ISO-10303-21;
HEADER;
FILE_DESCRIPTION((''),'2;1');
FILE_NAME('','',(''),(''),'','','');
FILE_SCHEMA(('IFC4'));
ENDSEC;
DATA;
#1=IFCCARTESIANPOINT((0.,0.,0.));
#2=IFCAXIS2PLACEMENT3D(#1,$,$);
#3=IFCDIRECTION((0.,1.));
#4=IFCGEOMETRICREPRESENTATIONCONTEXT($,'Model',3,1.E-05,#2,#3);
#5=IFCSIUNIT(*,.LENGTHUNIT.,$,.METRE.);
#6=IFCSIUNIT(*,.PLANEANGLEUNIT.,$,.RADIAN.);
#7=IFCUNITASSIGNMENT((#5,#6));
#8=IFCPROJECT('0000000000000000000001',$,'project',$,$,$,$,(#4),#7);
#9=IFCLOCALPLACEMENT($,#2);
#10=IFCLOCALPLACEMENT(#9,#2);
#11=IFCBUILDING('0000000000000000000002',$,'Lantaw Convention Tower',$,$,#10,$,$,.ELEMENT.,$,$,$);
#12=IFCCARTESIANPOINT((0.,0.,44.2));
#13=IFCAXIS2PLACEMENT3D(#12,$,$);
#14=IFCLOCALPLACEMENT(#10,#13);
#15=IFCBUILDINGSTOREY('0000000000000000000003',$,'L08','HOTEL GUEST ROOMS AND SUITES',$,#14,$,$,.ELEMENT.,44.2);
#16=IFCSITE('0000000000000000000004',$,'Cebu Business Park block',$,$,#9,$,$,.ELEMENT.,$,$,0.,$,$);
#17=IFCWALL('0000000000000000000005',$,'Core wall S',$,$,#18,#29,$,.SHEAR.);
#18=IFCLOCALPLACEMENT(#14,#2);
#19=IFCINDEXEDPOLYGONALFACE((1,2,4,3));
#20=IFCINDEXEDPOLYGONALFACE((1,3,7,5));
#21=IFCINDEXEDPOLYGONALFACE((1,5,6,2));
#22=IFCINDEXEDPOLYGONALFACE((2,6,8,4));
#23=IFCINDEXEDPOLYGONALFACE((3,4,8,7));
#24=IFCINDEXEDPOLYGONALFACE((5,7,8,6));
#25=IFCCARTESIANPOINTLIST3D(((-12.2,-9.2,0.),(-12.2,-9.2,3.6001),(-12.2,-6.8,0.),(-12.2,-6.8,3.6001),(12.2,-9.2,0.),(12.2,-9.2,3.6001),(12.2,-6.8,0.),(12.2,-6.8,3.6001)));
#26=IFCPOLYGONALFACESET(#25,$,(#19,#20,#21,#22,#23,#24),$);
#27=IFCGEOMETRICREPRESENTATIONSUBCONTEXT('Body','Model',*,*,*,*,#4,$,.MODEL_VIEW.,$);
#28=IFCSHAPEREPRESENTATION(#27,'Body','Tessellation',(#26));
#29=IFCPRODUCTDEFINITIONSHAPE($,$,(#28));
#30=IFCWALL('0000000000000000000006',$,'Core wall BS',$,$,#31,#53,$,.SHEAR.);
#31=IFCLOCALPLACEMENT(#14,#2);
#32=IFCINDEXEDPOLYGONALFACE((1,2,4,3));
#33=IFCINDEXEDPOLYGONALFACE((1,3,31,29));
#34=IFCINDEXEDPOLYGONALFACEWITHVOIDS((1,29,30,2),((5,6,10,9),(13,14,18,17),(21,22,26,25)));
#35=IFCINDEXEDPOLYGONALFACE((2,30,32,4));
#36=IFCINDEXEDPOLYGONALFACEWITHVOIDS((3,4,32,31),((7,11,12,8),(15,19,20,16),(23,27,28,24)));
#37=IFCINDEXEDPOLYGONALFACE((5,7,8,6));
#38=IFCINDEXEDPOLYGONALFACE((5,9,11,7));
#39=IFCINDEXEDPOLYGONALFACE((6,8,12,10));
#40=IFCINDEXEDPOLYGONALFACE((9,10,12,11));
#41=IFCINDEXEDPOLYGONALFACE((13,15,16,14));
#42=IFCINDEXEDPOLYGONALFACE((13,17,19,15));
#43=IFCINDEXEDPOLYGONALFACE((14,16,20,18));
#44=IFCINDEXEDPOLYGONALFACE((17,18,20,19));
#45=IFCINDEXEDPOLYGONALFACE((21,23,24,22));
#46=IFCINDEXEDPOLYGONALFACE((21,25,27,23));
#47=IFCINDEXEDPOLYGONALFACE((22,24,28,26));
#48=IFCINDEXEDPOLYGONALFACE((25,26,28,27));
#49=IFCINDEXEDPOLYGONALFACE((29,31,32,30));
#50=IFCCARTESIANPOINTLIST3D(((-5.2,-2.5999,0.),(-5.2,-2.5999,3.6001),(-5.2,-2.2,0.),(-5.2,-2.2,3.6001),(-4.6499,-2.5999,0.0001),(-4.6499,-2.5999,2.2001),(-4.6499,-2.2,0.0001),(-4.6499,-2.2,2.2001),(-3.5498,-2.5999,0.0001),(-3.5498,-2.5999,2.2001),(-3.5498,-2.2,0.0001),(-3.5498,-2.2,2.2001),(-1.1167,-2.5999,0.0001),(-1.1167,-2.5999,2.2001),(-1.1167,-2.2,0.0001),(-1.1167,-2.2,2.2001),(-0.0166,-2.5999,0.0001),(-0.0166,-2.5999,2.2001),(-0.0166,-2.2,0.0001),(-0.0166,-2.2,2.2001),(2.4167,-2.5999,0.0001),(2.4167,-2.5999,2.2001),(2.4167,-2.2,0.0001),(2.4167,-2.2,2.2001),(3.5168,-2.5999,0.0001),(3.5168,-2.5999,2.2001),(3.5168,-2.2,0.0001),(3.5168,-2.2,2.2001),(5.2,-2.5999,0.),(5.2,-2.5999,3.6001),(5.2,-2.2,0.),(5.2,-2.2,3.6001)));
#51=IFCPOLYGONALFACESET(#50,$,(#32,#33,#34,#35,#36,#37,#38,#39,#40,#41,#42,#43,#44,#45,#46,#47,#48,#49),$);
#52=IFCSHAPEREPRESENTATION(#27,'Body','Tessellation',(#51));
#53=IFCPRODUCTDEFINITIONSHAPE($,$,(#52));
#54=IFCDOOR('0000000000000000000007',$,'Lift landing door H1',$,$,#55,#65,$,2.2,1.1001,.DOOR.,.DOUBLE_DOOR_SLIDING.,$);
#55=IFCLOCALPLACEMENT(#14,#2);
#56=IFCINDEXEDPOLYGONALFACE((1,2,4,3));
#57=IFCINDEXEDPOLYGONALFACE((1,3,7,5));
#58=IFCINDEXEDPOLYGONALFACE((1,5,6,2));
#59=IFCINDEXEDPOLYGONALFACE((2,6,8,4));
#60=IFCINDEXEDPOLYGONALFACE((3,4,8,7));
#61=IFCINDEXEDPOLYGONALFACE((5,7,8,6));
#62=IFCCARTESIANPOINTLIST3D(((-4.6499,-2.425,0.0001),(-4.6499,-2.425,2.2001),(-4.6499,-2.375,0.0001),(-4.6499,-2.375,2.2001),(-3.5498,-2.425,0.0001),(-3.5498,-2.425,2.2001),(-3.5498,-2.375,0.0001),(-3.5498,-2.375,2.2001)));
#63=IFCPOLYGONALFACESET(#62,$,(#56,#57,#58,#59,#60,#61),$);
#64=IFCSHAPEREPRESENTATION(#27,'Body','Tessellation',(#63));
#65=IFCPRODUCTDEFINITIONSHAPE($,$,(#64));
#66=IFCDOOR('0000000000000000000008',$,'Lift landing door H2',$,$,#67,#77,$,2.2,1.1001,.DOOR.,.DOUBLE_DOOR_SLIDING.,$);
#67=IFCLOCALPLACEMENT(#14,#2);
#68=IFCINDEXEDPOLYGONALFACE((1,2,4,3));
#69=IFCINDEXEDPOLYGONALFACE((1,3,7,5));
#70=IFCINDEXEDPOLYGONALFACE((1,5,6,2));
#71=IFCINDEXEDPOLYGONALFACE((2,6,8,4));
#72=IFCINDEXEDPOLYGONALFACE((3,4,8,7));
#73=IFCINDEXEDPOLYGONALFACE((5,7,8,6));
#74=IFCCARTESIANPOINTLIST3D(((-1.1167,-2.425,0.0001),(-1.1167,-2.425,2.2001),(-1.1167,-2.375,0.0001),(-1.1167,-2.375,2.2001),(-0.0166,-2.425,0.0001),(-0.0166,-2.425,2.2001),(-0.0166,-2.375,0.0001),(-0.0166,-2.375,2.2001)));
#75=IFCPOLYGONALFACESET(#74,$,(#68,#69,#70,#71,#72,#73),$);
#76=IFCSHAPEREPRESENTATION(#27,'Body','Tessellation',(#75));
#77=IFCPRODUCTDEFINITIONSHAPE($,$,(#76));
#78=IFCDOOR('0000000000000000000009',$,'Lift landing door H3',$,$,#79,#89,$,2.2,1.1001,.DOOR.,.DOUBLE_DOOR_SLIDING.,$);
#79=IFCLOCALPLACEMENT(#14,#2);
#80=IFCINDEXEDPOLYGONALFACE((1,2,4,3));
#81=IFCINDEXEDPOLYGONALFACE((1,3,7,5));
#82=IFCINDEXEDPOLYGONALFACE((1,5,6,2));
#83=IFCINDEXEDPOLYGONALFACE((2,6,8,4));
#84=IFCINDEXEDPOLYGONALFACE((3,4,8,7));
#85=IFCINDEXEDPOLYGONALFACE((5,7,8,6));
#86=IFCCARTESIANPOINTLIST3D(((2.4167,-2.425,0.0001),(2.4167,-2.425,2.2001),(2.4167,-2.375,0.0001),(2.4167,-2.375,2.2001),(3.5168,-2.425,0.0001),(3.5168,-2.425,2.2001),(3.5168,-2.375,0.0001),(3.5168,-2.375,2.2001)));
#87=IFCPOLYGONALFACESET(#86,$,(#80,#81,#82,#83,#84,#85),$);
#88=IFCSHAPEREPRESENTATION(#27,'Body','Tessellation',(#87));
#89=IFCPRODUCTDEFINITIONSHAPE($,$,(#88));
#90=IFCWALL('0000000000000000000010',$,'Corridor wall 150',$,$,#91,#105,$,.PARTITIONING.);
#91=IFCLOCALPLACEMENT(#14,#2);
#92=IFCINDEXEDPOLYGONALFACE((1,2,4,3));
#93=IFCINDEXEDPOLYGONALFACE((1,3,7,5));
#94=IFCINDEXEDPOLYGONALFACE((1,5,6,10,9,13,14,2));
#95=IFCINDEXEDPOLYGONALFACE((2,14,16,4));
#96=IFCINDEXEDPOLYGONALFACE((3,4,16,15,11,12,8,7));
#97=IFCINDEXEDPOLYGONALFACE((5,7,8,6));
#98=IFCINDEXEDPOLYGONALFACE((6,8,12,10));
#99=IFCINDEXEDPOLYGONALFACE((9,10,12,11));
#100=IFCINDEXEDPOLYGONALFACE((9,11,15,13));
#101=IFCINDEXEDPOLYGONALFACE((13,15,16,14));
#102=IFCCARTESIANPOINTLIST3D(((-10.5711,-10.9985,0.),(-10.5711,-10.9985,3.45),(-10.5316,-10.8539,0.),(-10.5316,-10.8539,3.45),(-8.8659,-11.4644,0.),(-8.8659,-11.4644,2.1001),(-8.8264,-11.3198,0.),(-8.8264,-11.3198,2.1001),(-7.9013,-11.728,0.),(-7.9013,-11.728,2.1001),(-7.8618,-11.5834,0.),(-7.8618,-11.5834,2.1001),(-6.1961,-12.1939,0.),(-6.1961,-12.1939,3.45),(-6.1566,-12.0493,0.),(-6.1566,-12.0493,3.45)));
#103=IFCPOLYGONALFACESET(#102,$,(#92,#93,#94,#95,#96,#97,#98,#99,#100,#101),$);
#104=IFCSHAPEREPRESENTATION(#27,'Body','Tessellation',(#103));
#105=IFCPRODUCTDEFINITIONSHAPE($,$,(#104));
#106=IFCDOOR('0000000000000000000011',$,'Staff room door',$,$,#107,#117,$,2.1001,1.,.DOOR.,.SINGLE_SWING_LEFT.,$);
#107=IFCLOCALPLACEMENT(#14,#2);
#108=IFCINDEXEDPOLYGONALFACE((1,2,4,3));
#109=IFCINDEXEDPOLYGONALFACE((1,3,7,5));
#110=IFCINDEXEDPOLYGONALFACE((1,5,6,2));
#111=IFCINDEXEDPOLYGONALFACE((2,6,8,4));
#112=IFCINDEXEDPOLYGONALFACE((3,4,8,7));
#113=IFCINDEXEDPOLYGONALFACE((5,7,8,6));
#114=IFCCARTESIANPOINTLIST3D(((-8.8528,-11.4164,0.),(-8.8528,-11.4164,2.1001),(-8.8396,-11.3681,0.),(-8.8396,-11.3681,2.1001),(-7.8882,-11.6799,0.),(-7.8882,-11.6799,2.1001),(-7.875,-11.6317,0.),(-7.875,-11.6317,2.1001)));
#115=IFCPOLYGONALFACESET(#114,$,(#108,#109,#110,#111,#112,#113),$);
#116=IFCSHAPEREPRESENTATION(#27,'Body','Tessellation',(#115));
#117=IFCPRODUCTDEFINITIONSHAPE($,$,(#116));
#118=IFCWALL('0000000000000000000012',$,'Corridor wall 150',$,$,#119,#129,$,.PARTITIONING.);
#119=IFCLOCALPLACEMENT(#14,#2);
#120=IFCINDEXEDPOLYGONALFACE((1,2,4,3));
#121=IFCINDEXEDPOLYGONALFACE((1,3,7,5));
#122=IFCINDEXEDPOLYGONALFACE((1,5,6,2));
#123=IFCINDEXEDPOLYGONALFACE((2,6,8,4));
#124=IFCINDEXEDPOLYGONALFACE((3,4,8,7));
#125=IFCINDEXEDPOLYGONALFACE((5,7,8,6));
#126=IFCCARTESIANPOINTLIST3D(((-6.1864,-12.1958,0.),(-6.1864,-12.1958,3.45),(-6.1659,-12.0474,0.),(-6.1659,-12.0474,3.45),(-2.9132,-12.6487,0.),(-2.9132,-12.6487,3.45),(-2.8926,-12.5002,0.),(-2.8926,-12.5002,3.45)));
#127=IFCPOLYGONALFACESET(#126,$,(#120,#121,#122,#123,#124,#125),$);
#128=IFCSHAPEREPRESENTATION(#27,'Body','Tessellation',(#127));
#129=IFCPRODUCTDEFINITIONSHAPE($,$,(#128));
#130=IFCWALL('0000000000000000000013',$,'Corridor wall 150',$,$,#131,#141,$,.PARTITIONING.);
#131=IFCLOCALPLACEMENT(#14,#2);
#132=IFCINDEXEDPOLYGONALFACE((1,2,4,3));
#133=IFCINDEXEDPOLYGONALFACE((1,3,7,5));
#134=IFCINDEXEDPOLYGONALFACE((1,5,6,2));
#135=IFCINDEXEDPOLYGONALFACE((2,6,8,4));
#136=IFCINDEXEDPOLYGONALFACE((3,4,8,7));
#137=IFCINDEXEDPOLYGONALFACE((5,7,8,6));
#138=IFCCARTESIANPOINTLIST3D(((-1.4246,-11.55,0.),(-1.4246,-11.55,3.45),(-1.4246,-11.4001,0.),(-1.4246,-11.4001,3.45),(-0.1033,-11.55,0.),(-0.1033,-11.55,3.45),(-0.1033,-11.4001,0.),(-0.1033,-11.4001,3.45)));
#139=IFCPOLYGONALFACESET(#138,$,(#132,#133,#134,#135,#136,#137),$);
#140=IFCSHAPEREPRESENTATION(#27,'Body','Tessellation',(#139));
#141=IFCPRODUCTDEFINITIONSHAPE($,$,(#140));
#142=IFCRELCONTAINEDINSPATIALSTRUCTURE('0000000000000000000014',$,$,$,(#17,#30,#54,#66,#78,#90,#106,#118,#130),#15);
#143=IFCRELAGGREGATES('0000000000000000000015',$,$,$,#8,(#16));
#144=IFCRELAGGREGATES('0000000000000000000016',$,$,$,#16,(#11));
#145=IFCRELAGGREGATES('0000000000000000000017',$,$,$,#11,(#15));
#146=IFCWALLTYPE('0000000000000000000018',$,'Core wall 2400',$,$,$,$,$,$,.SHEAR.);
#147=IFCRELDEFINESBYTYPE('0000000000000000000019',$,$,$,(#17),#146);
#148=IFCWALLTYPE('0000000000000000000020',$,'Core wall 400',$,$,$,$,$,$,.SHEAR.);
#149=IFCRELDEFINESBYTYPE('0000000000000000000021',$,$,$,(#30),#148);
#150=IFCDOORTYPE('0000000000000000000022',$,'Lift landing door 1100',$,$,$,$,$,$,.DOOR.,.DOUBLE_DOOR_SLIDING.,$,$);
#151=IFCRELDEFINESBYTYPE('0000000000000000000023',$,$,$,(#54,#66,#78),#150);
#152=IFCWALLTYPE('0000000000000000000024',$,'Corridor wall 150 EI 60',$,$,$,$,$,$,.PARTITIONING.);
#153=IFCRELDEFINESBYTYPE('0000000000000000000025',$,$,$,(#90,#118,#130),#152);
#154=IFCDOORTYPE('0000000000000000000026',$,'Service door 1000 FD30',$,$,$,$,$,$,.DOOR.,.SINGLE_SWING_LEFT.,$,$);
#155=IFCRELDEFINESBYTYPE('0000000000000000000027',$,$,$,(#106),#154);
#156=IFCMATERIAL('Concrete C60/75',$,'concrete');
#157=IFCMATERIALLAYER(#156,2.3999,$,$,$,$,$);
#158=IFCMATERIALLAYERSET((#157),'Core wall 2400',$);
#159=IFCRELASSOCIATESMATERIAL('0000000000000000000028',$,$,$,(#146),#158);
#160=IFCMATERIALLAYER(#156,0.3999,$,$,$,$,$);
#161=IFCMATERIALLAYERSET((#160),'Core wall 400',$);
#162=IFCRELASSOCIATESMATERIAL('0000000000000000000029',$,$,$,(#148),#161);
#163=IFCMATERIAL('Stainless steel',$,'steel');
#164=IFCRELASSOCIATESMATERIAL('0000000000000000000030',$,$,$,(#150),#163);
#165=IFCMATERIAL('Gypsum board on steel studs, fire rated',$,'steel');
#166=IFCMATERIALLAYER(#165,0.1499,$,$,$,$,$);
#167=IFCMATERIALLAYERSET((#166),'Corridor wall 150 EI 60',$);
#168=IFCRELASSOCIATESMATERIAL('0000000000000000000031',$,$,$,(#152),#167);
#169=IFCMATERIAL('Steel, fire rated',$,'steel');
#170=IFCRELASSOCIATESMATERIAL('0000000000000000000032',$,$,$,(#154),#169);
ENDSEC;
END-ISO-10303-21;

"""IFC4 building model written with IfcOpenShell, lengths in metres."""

from ifc_helpers import new_model, si_unit, direction, frame, frame_2d, origin, place, context, subcontext, project, spatial, rectangle, extrude, material, layer, layer_set, type_object, element, fill, save


model = new_model("IFC4")

# Units and contexts
model_context = context("Model", 3, precision=1e-05, world=origin(), true_north=direction((0.0, 1.0)))
body_context = subcontext(model_context, "Body", "Model", "MODEL_VIEW")
ifc_project = project(units=[si_unit("LENGTHUNIT", "METRE"), si_unit("PLANEANGLEUNIT", "RADIAN")], contexts=[model_context])

# Site, building, storey
site_placement = place(None, origin())
site = spatial("IfcSite", under=ifc_project, at=site_placement, Name="Cebu Business Park block", CompositionType="ELEMENT", RefElevation=0.0)
building_placement = place(site_placement, origin())
building = spatial("IfcBuilding", under=site, at=building_placement, Name="Lantaw Convention Tower", CompositionType="ELEMENT")
storey_placement = place(building_placement, frame((0.0, 0.0, 44.2)))
storey = spatial("IfcBuildingStorey", under=building, at=storey_placement, Name="L08", Description="HOTEL GUEST ROOMS AND SUITES", CompositionType="ELEMENT", Elevation=44.2)

# Shared definitions
ifc_material_1 = material(Name="Concrete C60/75", Category="concrete")
ifc_material_2 = material(Name="Steel, fire rated", Category="steel")

# Wall
ifc_layer_1 = layer(ifc_material_1, 2.3999)
ifc_layer_set_1 = layer_set([ifc_layer_1], Name="Core wall 2400")
wall_type_1 = type_object("IfcWallType", Name="Core wall 2400", PredefinedType="SHEAR", material=ifc_layer_set_1)
wall_1_placement = place(storey_placement, frame((-12.2, -8.0, 0.0), z_axis=(0.0, 0.0, 1.0), x_axis=(1.0, 0.0, 0.0)))
element("IfcWall", 1, at=wall_1_placement, inside=storey, type_object=wall_type_1, Name="Core wall S", PredefinedType="SHEAR", context=body_context, shape_type="SweptSolid", body=[
    extrude(rectangle(XDim=24.3999, YDim=2.3999, at=frame_2d((12.2, 0.0))), origin(), (0.0, 0.0, 1.0), 3.6001),
])

# Wall, openings, doors
ifc_layer_2 = layer(ifc_material_1, 0.3999)
ifc_layer_set_2 = layer_set([ifc_layer_2], Name="Core wall 400")
wall_type_2 = type_object("IfcWallType", Name="Core wall 400", PredefinedType="SHEAR", material=ifc_layer_set_2)
wall_2_placement = place(storey_placement, frame((-5.2, -2.3999, 0.0), z_axis=(0.0, 0.0, 1.0), x_axis=(1.0, 0.0, 0.0)))
wall_2 = element("IfcWall", 2, at=wall_2_placement, inside=storey, type_object=wall_type_2, Name="Core wall BS", PredefinedType="SHEAR", context=body_context, shape_type="SweptSolid", body=[
    extrude(rectangle(XDim=10.3999, YDim=0.3999, at=frame_2d((5.2, 0.0))), origin(), (0.0, 0.0, 1.0), 3.6001),
])
opening_1_placement = place(wall_2_placement, frame((0.55, 0.0, 0.0)))
opening_1 = element("IfcOpeningElement", 3, at=opening_1_placement, cuts=wall_2, PredefinedType="OPENING", context=body_context, shape_type="SweptSolid", body=[
    extrude(rectangle(XDim=1.1001, YDim=2.2, at=frame_2d((0.55, 1.1001))), frame((0.0, 0.21, 0.0), z_axis=(0.0, -1.0, 0.0), x_axis=(1.0, 0.0, 0.0)), (0.0, 0.0, 1.0), 0.4199),
])
opening_2_placement = place(wall_2_placement, frame((4.0833, 0.0, 0.0)))
opening_2 = element("IfcOpeningElement", 4, at=opening_2_placement, cuts=wall_2, PredefinedType="OPENING", context=body_context, shape_type="SweptSolid", body=[
    extrude(rectangle(XDim=1.1001, YDim=2.2, at=frame_2d((0.55, 1.1001))), frame((0.0, 0.21, 0.0), z_axis=(0.0, -1.0, 0.0), x_axis=(1.0, 0.0, 0.0)), (0.0, 0.0, 1.0), 0.4199),
])
opening_3_placement = place(wall_2_placement, frame((7.6167, 0.0, 0.0)))
opening_3 = element("IfcOpeningElement", 5, at=opening_3_placement, cuts=wall_2, PredefinedType="OPENING", context=body_context, shape_type="SweptSolid", body=[
    extrude(rectangle(XDim=1.1001, YDim=2.2, at=frame_2d((0.55, 1.1001))), frame((0.0, 0.21, 0.0), z_axis=(0.0, -1.0, 0.0), x_axis=(1.0, 0.0, 0.0)), (0.0, 0.0, 1.0), 0.4199),
])
ifc_material_3 = material(Name="Stainless steel", Category="steel")
door_type_1 = type_object("IfcDoorType", Name="Lift landing door 1100", OperationType="DOUBLE_DOOR_SLIDING", PredefinedType="DOOR", material=ifc_material_3)
door_1_placement = place(opening_1_placement, origin())
door_1 = element("IfcDoor", 6, at=door_1_placement, inside=storey, type_object=door_type_1, Name="Lift landing door H1", OperationType="DOUBLE_DOOR_SLIDING", OverallHeight=2.2, OverallWidth=1.1001, PredefinedType="DOOR", context=body_context, shape_type="SweptSolid", body=[
    extrude(rectangle(XDim=1.1001, YDim=2.2, at=frame_2d((0.55, 1.1001))), frame((0.0, 0.0249, 0.0), z_axis=(0.0, -1.0, 0.0), x_axis=(1.0, 0.0, 0.0)), (0.0, 0.0, 1.0), 0.05),
])
fill(opening_1, door_1)
door_2_placement = place(opening_2_placement, origin())
door_2 = element("IfcDoor", 7, at=door_2_placement, inside=storey, type_object=door_type_1, Name="Lift landing door H2", OperationType="DOUBLE_DOOR_SLIDING", OverallHeight=2.2, OverallWidth=1.1001, PredefinedType="DOOR", context=body_context, shape_type="SweptSolid", body=[
    extrude(rectangle(XDim=1.1001, YDim=2.2, at=frame_2d((0.55, 1.1001))), frame((0.0, 0.0249, 0.0), z_axis=(0.0, -1.0, 0.0), x_axis=(1.0, 0.0, 0.0)), (0.0, 0.0, 1.0), 0.05),
])
fill(opening_2, door_2)
door_3_placement = place(opening_3_placement, origin())
door_3 = element("IfcDoor", 8, at=door_3_placement, inside=storey, type_object=door_type_1, Name="Lift landing door H3", OperationType="DOUBLE_DOOR_SLIDING", OverallHeight=2.2, OverallWidth=1.1001, PredefinedType="DOOR", context=body_context, shape_type="SweptSolid", body=[
    extrude(rectangle(XDim=1.1001, YDim=2.2, at=frame_2d((0.55, 1.1001))), frame((0.0, 0.0249, 0.0), z_axis=(0.0, -1.0, 0.0), x_axis=(1.0, 0.0, 0.0)), (0.0, 0.0, 1.0), 0.05),
])
fill(opening_3, door_3)

# Wall, opening, door
ifc_material_4 = material(Name="Gypsum board on steel studs, fire rated", Category="steel")
ifc_layer_3 = layer(ifc_material_4, 0.1499)
ifc_layer_set_3 = layer_set([ifc_layer_3], Name="Corridor wall 150 EI 60")
wall_type_3 = type_object("IfcWallType", Name="Corridor wall 150 EI 60", PredefinedType="PARTITIONING", material=ifc_layer_set_3)
wall_3_placement = place(storey_placement, frame((-10.5513, -10.9263, 0.0), z_axis=(0.0, 0.0, 1.0), x_axis=(0.964644, -0.263555, 0.0)))
wall_3 = element("IfcWall", 9, at=wall_3_placement, inside=storey, type_object=wall_type_3, Name="Corridor wall 150", PredefinedType="PARTITIONING", context=body_context, shape_type="SweptSolid", body=[
    extrude(rectangle(XDim=4.5354, YDim=0.1499, at=frame_2d((2.2676, 0.0))), origin(), (0.0, 0.0, 1.0), 3.45),
])
opening_4_placement = place(wall_3_placement, frame((1.7676, 0.0, 0.0)))
opening_4 = element("IfcOpeningElement", 10, at=opening_4_placement, cuts=wall_3, PredefinedType="OPENING", context=body_context, shape_type="SweptSolid", body=[
    extrude(rectangle(XDim=1.0, YDim=2.1001, at=frame_2d((0.5, 1.05))), frame((0.0, 0.085, 0.0), z_axis=(0.0, -1.0, 0.0), x_axis=(1.0, 0.0, 0.0)), (0.0, 0.0, 1.0), 0.1699),
])
door_type_2 = type_object("IfcDoorType", Name="Service door 1000 FD30", OperationType="SINGLE_SWING_LEFT", PredefinedType="DOOR", material=ifc_material_2)
door_4_placement = place(opening_4_placement, origin())
door_4 = element("IfcDoor", 11, at=door_4_placement, inside=storey, type_object=door_type_2, Name="Staff room door", OperationType="SINGLE_SWING_LEFT", OverallHeight=2.1001, OverallWidth=1.0, PredefinedType="DOOR", context=body_context, shape_type="SweptSolid", body=[
    extrude(rectangle(XDim=1.0, YDim=2.1001, at=frame_2d((0.5, 1.05))), frame((0.0, 0.0249, 0.0), z_axis=(0.0, -1.0, 0.0), x_axis=(1.0, 0.0, 0.0)), (0.0, 0.0, 1.0), 0.05),
])
fill(opening_4, door_4)

# Walls
wall_4_placement = place(storey_placement, frame((-6.1763, -12.1216, 0.0), z_axis=(0.0, 0.0, 1.0), x_axis=(0.990563, -0.137055, 0.0)))
element("IfcWall", 12, at=wall_4_placement, inside=storey, type_object=wall_type_3, Name="Corridor wall 150", PredefinedType="PARTITIONING", context=body_context, shape_type="SweptSolid", body=[
    extrude(rectangle(XDim=3.3044, YDim=0.1499, at=frame_2d((1.6523, 0.0))), origin(), (0.0, 0.0, 1.0), 3.45),
])
wall_5_placement = place(storey_placement, frame((-1.4246, -11.4751, 0.0), z_axis=(0.0, 0.0, 1.0), x_axis=(1.0, 0.0, 0.0)))
element("IfcWall", 13, at=wall_5_placement, inside=storey, type_object=wall_type_3, Name="Corridor wall 150", PredefinedType="PARTITIONING", context=body_context, shape_type="SweptSolid", body=[
    extrude(rectangle(XDim=1.3213, YDim=0.1499, at=frame_2d((0.6606, 0.0))), origin(), (0.0, 0.0, 1.0), 3.45),
])

save(model, "model.ifc")
